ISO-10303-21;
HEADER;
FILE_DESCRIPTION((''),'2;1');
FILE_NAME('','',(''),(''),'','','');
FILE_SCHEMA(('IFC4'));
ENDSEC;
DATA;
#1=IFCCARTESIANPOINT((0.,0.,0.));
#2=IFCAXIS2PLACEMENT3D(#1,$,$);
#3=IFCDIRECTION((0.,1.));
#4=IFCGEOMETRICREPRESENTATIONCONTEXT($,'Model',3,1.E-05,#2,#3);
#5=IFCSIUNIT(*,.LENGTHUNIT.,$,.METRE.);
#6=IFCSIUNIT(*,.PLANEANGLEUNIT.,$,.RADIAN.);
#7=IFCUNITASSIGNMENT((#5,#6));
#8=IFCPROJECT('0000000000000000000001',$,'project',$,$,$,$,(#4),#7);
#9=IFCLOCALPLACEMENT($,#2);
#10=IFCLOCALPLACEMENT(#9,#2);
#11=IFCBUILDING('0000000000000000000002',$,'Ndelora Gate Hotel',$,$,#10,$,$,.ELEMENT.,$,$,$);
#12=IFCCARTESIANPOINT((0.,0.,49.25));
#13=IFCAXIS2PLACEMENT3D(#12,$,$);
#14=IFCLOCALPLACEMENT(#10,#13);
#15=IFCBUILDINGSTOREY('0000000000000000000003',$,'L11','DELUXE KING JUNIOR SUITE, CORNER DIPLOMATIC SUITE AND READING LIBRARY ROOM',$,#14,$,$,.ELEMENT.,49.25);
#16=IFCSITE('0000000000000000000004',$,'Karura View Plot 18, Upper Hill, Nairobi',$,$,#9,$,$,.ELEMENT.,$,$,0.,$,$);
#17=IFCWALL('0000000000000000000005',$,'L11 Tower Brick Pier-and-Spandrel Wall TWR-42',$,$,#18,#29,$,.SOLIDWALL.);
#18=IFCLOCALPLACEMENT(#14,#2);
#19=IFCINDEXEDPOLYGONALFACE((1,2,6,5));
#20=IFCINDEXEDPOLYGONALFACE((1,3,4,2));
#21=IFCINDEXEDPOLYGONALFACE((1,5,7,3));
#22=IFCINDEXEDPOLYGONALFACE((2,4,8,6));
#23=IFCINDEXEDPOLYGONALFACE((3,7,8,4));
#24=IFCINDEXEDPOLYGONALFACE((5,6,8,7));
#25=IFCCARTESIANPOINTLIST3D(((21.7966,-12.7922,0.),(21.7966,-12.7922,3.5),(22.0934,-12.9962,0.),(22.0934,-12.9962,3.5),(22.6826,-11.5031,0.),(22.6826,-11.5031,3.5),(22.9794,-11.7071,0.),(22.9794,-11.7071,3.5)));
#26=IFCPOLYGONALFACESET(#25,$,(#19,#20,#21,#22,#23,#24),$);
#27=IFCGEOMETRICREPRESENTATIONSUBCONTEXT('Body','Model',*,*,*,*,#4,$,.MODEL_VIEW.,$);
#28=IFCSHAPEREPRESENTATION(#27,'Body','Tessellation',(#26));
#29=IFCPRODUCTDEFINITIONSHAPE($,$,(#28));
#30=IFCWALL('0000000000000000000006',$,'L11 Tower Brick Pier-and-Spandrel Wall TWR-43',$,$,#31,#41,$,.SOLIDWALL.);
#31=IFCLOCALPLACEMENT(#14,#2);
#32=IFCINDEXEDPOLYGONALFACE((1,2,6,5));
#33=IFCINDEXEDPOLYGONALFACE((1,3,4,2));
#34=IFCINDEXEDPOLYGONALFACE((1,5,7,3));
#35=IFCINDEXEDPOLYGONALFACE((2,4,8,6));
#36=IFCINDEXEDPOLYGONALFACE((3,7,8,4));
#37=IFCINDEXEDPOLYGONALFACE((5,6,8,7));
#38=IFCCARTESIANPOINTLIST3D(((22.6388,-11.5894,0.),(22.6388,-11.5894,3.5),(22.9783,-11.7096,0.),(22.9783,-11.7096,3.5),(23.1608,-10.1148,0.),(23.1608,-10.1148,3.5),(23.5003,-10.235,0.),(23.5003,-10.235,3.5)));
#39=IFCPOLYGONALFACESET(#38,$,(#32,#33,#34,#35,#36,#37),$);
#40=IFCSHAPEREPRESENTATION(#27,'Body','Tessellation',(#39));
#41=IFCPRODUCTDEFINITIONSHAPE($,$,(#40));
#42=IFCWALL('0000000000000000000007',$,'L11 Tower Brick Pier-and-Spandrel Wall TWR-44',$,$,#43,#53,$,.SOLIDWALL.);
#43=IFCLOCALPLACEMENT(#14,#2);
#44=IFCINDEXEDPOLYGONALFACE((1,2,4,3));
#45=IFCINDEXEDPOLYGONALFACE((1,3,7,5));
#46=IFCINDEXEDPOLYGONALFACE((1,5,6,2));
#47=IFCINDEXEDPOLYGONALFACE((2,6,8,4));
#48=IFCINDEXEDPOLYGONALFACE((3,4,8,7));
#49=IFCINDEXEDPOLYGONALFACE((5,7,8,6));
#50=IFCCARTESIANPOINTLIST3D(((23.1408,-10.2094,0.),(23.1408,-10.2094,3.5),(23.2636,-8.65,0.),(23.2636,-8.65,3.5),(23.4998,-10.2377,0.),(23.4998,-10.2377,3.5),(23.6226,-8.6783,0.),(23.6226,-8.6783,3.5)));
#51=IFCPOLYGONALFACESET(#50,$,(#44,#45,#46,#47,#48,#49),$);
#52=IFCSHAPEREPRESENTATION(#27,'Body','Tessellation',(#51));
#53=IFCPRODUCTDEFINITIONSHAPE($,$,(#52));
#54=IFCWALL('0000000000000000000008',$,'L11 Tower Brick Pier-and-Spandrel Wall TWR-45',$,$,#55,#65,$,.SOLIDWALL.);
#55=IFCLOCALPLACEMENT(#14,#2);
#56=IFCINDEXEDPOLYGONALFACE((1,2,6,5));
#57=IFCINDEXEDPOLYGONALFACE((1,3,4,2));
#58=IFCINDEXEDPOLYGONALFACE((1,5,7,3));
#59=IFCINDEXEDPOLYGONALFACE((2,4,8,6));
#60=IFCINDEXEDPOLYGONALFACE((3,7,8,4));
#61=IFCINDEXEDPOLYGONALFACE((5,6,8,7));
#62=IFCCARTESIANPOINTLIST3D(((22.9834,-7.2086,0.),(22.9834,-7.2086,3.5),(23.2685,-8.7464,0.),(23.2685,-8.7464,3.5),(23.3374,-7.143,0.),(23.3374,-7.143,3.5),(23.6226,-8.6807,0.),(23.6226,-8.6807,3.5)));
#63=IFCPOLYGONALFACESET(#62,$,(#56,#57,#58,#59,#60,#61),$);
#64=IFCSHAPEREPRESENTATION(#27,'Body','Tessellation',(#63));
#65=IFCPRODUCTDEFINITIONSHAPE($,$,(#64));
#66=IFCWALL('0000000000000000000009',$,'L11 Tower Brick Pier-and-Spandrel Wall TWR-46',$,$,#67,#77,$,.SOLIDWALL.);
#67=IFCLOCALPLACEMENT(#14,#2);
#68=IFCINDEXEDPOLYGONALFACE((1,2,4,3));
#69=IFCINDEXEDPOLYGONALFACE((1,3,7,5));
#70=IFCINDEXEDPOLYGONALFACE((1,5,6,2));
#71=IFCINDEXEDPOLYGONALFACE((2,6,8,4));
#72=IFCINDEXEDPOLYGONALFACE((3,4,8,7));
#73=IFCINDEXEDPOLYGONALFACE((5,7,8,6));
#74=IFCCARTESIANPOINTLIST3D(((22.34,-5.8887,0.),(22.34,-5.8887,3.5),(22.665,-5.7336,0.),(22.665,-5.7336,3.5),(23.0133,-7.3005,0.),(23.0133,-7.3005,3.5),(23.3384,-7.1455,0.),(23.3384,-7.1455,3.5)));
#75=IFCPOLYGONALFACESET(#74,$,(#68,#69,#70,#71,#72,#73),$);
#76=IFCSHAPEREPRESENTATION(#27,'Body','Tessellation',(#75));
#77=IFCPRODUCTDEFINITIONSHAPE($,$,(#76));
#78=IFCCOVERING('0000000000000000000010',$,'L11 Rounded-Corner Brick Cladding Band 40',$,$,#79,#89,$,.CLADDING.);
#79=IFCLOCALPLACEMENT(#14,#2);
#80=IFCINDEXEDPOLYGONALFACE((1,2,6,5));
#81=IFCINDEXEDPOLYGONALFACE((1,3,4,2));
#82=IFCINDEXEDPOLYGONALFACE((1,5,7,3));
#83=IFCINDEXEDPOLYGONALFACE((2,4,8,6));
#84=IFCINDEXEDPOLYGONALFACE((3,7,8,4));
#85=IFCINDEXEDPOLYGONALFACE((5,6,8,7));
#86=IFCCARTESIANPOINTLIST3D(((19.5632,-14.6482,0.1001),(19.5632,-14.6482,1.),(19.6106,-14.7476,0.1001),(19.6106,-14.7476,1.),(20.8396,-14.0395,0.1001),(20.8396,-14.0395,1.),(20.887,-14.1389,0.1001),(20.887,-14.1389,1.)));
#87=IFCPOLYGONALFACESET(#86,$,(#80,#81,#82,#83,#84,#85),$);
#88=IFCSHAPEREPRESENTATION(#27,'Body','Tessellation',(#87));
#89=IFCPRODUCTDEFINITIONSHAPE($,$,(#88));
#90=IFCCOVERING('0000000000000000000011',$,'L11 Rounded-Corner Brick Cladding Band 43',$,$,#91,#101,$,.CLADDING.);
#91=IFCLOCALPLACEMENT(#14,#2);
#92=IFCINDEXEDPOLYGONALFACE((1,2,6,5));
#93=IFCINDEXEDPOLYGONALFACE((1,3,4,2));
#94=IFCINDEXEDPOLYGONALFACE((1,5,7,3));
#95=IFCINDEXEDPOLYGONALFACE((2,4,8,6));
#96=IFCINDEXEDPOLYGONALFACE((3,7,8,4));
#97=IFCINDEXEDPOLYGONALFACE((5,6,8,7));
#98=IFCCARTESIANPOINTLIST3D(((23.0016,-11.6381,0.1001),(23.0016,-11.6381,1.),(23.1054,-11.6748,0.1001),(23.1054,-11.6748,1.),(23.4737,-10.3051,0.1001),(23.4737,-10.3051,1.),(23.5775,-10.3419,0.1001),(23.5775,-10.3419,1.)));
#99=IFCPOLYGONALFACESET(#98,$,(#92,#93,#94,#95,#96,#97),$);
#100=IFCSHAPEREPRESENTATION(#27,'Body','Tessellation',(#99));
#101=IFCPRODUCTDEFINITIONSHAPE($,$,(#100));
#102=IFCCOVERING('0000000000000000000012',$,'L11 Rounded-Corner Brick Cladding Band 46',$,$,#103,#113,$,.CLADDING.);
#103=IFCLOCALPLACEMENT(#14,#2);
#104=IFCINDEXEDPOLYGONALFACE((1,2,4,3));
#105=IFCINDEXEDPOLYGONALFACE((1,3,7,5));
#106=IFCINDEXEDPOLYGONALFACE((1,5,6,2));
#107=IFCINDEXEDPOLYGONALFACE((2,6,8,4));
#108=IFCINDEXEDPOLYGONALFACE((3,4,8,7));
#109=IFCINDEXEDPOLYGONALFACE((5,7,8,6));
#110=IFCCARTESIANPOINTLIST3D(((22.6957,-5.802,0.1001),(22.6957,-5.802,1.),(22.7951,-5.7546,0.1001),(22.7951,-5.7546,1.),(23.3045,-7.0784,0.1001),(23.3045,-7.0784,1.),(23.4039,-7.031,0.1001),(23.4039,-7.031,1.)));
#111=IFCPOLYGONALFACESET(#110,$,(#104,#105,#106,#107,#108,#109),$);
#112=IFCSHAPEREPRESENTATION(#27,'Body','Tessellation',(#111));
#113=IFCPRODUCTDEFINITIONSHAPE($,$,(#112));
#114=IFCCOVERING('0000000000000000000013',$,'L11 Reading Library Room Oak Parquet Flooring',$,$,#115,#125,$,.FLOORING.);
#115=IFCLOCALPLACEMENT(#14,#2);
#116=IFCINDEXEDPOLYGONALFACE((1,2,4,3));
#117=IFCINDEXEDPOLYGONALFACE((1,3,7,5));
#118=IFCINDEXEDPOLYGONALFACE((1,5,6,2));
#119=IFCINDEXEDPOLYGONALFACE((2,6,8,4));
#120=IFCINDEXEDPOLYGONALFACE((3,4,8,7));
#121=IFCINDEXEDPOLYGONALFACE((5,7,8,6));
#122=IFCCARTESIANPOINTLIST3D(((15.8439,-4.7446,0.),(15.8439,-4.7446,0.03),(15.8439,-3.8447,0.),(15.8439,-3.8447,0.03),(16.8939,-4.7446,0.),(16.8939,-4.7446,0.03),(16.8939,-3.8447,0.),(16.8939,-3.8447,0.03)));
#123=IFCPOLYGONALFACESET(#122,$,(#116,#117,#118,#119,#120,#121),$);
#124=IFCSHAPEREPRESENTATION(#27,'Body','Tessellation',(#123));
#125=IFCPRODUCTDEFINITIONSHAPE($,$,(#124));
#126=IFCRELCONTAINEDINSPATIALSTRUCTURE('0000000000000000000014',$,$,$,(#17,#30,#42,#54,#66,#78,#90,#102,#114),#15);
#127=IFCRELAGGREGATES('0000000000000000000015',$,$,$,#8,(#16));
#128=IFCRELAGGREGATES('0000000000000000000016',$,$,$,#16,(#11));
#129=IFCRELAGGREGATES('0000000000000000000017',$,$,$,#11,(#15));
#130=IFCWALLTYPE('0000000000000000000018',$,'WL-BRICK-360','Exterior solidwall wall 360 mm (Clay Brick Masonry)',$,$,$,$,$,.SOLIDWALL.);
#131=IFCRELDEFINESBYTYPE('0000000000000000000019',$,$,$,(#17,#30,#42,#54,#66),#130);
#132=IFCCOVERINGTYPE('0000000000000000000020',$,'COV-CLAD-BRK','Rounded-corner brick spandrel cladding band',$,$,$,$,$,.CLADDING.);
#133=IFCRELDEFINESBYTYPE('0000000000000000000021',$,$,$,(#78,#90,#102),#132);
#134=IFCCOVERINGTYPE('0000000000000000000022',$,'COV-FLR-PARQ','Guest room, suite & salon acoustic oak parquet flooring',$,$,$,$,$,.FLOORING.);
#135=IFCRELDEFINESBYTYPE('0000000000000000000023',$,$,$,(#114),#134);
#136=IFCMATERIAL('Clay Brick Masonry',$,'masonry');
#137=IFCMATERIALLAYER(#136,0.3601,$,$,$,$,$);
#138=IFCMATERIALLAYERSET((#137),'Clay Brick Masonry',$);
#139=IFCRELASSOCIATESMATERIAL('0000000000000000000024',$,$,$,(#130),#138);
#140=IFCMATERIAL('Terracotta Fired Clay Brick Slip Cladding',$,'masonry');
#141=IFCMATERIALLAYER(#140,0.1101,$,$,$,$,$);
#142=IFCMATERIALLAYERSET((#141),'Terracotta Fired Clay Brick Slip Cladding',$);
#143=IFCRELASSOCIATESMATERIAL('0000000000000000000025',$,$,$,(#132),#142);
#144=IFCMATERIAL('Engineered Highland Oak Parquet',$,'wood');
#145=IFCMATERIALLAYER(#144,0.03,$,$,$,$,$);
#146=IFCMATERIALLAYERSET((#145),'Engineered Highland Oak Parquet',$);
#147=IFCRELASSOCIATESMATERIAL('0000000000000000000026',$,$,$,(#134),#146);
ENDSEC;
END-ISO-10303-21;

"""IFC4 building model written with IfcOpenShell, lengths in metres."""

from ifc_helpers import new_model, si_unit, direction, frame, frame_2d, origin, origin_2d, place, context, subcontext, project, spatial, rectangle, extrude, material, layer, layer_set, type_object, element, save


model = new_model("IFC4")

# Units and contexts
model_context = context("Model", 3, precision=1e-05, world=origin(), true_north=direction((0.0, 1.0)))
body_context = subcontext(model_context, "Body", "Model", "MODEL_VIEW")
ifc_project = project(units=[si_unit("LENGTHUNIT", "METRE"), si_unit("PLANEANGLEUNIT", "RADIAN")], contexts=[model_context])

# Site, building, storey
site_placement = place(None, origin())
site = spatial("IfcSite", under=ifc_project, at=site_placement, Name="Karura View Plot 18, Upper Hill, Nairobi", CompositionType="ELEMENT", RefElevation=0.0)
building_placement = place(site_placement, origin())
building = spatial("IfcBuilding", under=site, at=building_placement, Name="Ndelora Gate Hotel", CompositionType="ELEMENT")
storey_placement = place(building_placement, frame((0.0, 0.0, 49.25)))
storey = spatial("IfcBuildingStorey", under=building, at=storey_placement, Name="L11", Description="DELUXE KING JUNIOR SUITE, CORNER DIPLOMATIC SUITE AND READING LIBRARY ROOM", CompositionType="ELEMENT", Elevation=49.25)

# Shared definitions
ifc_material_1 = material(Name="Clay Brick Masonry", Category="masonry")
ifc_layer_1 = layer(ifc_material_1, 0.3601)
ifc_layer_set_1 = layer_set([ifc_layer_1], Name="Clay Brick Masonry")
wall_type = type_object("IfcWallType", Name="WL-BRICK-360", Description="Exterior solidwall wall 360 mm (Clay Brick Masonry)", PredefinedType="SOLIDWALL", material=ifc_layer_set_1)

# Walls
for number, where, z_axis, x_axis, name in (
    (1, (22.8311, -11.605, 0.0), (0.0, 0.0, 1.0), (-0.566423, -0.824115, 0.0), "L11 Tower Brick Pier-and-Spandrel Wall TWR-42"),
    (2, (23.3306, -10.1748, 0.0), (0.0, 0.0, 1.0), (-0.333685, -0.942685, 0.0), "L11 Tower Brick Pier-and-Spandrel Wall TWR-43"),
    (3, (23.4431, -8.6641, 0.0), (0.0, 0.0, 1.0), (-0.078511, -0.996913, 0.0), "L11 Tower Brick Pier-and-Spandrel Wall TWR-44"),
):
    element("IfcWall", number, at=place(storey_placement, frame(where, z_axis=z_axis, x_axis=x_axis)), inside=storey, type_object=wall_type, Name=name, PredefinedType="SOLIDWALL", context=body_context, shape_type="SweptSolid", body=[
        extrude(rectangle(XDim=1.5642, YDim=0.3601, at=frame_2d((0.7822, 0.0))), origin(), (0.0, 0.0, 1.0), 3.5),
    ])
wall_1_placement = place(storey_placement, frame((23.1604, -7.1758, 0.0), z_axis=(0.0, 0.0, 1.0), x_axis=(0.182318, -0.98324, 0.0)))
element("IfcWall", 4, at=wall_1_placement, inside=storey, type_object=wall_type, Name="L11 Tower Brick Pier-and-Spandrel Wall TWR-45", PredefinedType="SOLIDWALL", context=body_context, shape_type="SweptSolid", body=[
    extrude(rectangle(XDim=1.564, YDim=0.3601, at=frame_2d((0.782, 0.0))), origin(), (0.0, 0.0, 1.0), 3.5),
])
wall_2_placement = place(storey_placement, frame((22.5024, -5.811, 0.0), z_axis=(0.0, 0.0, 1.0), x_axis=(0.430467, -0.902606, 0.0)))
element("IfcWall", 5, at=wall_2_placement, inside=storey, type_object=wall_type, Name="L11 Tower Brick Pier-and-Spandrel Wall TWR-46", PredefinedType="SOLIDWALL", context=body_context, shape_type="SweptSolid", body=[
    extrude(rectangle(XDim=1.5642, YDim=0.3601, at=frame_2d((0.7822, 0.0))), origin(), (0.0, 0.0, 1.0), 3.5),
])

# Coverings
ifc_material_2 = material(Name="Terracotta Fired Clay Brick Slip Cladding", Category="masonry")
ifc_layer_2 = layer(ifc_material_2, 0.1101)
ifc_layer_set_2 = layer_set([ifc_layer_2], Name="Terracotta Fired Clay Brick Slip Cladding")
covering_type_1 = type_object("IfcCoveringType", Name="COV-CLAD-BRK", Description="Rounded-corner brick spandrel cladding band", PredefinedType="CLADDING", material=ifc_layer_set_2)
for number, where, z_axis, x_axis, name in (
    (6, (20.2251, -14.3936, 0.1001), (0.0, 0.0, 1.0), (0.902585, 0.430511, 0.0), "L11 Rounded-Corner Brick Cladding Band 40"),
    (7, (23.2896, -10.99, 0.1001), (0.0, 0.0, 1.0), (0.333807, 0.942641, 0.0), "L11 Rounded-Corner Brick Cladding Band 43"),
    (8, (23.0498, -6.4165, 0.1001), (0.0, 0.0, 1.0), (-0.430511, 0.902585, 0.0), "L11 Rounded-Corner Brick Cladding Band 46"),
):
    element("IfcCovering", number, at=place(storey_placement, frame(where, z_axis=z_axis, x_axis=x_axis)), inside=storey, type_object=covering_type_1, Name=name, PredefinedType="CLADDING", context=body_context, shape_type="SweptSolid", body=[
        extrude(rectangle(XDim=1.4141, YDim=0.1101, at=origin_2d()), origin(), (0.0, 0.0, 1.0), 0.8999),
    ])
ifc_material_3 = material(Name="Engineered Highland Oak Parquet", Category="wood")
ifc_layer_3 = layer(ifc_material_3, 0.03)
ifc_layer_set_3 = layer_set([ifc_layer_3], Name="Engineered Highland Oak Parquet")
covering_type_2 = type_object("IfcCoveringType", Name="COV-FLR-PARQ", Description="Guest room, suite & salon acoustic oak parquet flooring", PredefinedType="FLOORING", material=ifc_layer_set_3)
covering_placement = place(storey_placement, frame((16.3689, -4.2947, 0.0), z_axis=(0.0, 0.0, 1.0), x_axis=(1.0, 0.0, 0.0)))
element("IfcCovering", 9, at=covering_placement, inside=storey, type_object=covering_type_2, Name="L11 Reading Library Room Oak Parquet Flooring", PredefinedType="FLOORING", context=body_context, shape_type="SweptSolid", body=[
    extrude(rectangle(XDim=1.05, YDim=0.8999, at=origin_2d()), origin(), (0.0, 0.0, 1.0), 0.03),
])

save(model, "model.ifc")
